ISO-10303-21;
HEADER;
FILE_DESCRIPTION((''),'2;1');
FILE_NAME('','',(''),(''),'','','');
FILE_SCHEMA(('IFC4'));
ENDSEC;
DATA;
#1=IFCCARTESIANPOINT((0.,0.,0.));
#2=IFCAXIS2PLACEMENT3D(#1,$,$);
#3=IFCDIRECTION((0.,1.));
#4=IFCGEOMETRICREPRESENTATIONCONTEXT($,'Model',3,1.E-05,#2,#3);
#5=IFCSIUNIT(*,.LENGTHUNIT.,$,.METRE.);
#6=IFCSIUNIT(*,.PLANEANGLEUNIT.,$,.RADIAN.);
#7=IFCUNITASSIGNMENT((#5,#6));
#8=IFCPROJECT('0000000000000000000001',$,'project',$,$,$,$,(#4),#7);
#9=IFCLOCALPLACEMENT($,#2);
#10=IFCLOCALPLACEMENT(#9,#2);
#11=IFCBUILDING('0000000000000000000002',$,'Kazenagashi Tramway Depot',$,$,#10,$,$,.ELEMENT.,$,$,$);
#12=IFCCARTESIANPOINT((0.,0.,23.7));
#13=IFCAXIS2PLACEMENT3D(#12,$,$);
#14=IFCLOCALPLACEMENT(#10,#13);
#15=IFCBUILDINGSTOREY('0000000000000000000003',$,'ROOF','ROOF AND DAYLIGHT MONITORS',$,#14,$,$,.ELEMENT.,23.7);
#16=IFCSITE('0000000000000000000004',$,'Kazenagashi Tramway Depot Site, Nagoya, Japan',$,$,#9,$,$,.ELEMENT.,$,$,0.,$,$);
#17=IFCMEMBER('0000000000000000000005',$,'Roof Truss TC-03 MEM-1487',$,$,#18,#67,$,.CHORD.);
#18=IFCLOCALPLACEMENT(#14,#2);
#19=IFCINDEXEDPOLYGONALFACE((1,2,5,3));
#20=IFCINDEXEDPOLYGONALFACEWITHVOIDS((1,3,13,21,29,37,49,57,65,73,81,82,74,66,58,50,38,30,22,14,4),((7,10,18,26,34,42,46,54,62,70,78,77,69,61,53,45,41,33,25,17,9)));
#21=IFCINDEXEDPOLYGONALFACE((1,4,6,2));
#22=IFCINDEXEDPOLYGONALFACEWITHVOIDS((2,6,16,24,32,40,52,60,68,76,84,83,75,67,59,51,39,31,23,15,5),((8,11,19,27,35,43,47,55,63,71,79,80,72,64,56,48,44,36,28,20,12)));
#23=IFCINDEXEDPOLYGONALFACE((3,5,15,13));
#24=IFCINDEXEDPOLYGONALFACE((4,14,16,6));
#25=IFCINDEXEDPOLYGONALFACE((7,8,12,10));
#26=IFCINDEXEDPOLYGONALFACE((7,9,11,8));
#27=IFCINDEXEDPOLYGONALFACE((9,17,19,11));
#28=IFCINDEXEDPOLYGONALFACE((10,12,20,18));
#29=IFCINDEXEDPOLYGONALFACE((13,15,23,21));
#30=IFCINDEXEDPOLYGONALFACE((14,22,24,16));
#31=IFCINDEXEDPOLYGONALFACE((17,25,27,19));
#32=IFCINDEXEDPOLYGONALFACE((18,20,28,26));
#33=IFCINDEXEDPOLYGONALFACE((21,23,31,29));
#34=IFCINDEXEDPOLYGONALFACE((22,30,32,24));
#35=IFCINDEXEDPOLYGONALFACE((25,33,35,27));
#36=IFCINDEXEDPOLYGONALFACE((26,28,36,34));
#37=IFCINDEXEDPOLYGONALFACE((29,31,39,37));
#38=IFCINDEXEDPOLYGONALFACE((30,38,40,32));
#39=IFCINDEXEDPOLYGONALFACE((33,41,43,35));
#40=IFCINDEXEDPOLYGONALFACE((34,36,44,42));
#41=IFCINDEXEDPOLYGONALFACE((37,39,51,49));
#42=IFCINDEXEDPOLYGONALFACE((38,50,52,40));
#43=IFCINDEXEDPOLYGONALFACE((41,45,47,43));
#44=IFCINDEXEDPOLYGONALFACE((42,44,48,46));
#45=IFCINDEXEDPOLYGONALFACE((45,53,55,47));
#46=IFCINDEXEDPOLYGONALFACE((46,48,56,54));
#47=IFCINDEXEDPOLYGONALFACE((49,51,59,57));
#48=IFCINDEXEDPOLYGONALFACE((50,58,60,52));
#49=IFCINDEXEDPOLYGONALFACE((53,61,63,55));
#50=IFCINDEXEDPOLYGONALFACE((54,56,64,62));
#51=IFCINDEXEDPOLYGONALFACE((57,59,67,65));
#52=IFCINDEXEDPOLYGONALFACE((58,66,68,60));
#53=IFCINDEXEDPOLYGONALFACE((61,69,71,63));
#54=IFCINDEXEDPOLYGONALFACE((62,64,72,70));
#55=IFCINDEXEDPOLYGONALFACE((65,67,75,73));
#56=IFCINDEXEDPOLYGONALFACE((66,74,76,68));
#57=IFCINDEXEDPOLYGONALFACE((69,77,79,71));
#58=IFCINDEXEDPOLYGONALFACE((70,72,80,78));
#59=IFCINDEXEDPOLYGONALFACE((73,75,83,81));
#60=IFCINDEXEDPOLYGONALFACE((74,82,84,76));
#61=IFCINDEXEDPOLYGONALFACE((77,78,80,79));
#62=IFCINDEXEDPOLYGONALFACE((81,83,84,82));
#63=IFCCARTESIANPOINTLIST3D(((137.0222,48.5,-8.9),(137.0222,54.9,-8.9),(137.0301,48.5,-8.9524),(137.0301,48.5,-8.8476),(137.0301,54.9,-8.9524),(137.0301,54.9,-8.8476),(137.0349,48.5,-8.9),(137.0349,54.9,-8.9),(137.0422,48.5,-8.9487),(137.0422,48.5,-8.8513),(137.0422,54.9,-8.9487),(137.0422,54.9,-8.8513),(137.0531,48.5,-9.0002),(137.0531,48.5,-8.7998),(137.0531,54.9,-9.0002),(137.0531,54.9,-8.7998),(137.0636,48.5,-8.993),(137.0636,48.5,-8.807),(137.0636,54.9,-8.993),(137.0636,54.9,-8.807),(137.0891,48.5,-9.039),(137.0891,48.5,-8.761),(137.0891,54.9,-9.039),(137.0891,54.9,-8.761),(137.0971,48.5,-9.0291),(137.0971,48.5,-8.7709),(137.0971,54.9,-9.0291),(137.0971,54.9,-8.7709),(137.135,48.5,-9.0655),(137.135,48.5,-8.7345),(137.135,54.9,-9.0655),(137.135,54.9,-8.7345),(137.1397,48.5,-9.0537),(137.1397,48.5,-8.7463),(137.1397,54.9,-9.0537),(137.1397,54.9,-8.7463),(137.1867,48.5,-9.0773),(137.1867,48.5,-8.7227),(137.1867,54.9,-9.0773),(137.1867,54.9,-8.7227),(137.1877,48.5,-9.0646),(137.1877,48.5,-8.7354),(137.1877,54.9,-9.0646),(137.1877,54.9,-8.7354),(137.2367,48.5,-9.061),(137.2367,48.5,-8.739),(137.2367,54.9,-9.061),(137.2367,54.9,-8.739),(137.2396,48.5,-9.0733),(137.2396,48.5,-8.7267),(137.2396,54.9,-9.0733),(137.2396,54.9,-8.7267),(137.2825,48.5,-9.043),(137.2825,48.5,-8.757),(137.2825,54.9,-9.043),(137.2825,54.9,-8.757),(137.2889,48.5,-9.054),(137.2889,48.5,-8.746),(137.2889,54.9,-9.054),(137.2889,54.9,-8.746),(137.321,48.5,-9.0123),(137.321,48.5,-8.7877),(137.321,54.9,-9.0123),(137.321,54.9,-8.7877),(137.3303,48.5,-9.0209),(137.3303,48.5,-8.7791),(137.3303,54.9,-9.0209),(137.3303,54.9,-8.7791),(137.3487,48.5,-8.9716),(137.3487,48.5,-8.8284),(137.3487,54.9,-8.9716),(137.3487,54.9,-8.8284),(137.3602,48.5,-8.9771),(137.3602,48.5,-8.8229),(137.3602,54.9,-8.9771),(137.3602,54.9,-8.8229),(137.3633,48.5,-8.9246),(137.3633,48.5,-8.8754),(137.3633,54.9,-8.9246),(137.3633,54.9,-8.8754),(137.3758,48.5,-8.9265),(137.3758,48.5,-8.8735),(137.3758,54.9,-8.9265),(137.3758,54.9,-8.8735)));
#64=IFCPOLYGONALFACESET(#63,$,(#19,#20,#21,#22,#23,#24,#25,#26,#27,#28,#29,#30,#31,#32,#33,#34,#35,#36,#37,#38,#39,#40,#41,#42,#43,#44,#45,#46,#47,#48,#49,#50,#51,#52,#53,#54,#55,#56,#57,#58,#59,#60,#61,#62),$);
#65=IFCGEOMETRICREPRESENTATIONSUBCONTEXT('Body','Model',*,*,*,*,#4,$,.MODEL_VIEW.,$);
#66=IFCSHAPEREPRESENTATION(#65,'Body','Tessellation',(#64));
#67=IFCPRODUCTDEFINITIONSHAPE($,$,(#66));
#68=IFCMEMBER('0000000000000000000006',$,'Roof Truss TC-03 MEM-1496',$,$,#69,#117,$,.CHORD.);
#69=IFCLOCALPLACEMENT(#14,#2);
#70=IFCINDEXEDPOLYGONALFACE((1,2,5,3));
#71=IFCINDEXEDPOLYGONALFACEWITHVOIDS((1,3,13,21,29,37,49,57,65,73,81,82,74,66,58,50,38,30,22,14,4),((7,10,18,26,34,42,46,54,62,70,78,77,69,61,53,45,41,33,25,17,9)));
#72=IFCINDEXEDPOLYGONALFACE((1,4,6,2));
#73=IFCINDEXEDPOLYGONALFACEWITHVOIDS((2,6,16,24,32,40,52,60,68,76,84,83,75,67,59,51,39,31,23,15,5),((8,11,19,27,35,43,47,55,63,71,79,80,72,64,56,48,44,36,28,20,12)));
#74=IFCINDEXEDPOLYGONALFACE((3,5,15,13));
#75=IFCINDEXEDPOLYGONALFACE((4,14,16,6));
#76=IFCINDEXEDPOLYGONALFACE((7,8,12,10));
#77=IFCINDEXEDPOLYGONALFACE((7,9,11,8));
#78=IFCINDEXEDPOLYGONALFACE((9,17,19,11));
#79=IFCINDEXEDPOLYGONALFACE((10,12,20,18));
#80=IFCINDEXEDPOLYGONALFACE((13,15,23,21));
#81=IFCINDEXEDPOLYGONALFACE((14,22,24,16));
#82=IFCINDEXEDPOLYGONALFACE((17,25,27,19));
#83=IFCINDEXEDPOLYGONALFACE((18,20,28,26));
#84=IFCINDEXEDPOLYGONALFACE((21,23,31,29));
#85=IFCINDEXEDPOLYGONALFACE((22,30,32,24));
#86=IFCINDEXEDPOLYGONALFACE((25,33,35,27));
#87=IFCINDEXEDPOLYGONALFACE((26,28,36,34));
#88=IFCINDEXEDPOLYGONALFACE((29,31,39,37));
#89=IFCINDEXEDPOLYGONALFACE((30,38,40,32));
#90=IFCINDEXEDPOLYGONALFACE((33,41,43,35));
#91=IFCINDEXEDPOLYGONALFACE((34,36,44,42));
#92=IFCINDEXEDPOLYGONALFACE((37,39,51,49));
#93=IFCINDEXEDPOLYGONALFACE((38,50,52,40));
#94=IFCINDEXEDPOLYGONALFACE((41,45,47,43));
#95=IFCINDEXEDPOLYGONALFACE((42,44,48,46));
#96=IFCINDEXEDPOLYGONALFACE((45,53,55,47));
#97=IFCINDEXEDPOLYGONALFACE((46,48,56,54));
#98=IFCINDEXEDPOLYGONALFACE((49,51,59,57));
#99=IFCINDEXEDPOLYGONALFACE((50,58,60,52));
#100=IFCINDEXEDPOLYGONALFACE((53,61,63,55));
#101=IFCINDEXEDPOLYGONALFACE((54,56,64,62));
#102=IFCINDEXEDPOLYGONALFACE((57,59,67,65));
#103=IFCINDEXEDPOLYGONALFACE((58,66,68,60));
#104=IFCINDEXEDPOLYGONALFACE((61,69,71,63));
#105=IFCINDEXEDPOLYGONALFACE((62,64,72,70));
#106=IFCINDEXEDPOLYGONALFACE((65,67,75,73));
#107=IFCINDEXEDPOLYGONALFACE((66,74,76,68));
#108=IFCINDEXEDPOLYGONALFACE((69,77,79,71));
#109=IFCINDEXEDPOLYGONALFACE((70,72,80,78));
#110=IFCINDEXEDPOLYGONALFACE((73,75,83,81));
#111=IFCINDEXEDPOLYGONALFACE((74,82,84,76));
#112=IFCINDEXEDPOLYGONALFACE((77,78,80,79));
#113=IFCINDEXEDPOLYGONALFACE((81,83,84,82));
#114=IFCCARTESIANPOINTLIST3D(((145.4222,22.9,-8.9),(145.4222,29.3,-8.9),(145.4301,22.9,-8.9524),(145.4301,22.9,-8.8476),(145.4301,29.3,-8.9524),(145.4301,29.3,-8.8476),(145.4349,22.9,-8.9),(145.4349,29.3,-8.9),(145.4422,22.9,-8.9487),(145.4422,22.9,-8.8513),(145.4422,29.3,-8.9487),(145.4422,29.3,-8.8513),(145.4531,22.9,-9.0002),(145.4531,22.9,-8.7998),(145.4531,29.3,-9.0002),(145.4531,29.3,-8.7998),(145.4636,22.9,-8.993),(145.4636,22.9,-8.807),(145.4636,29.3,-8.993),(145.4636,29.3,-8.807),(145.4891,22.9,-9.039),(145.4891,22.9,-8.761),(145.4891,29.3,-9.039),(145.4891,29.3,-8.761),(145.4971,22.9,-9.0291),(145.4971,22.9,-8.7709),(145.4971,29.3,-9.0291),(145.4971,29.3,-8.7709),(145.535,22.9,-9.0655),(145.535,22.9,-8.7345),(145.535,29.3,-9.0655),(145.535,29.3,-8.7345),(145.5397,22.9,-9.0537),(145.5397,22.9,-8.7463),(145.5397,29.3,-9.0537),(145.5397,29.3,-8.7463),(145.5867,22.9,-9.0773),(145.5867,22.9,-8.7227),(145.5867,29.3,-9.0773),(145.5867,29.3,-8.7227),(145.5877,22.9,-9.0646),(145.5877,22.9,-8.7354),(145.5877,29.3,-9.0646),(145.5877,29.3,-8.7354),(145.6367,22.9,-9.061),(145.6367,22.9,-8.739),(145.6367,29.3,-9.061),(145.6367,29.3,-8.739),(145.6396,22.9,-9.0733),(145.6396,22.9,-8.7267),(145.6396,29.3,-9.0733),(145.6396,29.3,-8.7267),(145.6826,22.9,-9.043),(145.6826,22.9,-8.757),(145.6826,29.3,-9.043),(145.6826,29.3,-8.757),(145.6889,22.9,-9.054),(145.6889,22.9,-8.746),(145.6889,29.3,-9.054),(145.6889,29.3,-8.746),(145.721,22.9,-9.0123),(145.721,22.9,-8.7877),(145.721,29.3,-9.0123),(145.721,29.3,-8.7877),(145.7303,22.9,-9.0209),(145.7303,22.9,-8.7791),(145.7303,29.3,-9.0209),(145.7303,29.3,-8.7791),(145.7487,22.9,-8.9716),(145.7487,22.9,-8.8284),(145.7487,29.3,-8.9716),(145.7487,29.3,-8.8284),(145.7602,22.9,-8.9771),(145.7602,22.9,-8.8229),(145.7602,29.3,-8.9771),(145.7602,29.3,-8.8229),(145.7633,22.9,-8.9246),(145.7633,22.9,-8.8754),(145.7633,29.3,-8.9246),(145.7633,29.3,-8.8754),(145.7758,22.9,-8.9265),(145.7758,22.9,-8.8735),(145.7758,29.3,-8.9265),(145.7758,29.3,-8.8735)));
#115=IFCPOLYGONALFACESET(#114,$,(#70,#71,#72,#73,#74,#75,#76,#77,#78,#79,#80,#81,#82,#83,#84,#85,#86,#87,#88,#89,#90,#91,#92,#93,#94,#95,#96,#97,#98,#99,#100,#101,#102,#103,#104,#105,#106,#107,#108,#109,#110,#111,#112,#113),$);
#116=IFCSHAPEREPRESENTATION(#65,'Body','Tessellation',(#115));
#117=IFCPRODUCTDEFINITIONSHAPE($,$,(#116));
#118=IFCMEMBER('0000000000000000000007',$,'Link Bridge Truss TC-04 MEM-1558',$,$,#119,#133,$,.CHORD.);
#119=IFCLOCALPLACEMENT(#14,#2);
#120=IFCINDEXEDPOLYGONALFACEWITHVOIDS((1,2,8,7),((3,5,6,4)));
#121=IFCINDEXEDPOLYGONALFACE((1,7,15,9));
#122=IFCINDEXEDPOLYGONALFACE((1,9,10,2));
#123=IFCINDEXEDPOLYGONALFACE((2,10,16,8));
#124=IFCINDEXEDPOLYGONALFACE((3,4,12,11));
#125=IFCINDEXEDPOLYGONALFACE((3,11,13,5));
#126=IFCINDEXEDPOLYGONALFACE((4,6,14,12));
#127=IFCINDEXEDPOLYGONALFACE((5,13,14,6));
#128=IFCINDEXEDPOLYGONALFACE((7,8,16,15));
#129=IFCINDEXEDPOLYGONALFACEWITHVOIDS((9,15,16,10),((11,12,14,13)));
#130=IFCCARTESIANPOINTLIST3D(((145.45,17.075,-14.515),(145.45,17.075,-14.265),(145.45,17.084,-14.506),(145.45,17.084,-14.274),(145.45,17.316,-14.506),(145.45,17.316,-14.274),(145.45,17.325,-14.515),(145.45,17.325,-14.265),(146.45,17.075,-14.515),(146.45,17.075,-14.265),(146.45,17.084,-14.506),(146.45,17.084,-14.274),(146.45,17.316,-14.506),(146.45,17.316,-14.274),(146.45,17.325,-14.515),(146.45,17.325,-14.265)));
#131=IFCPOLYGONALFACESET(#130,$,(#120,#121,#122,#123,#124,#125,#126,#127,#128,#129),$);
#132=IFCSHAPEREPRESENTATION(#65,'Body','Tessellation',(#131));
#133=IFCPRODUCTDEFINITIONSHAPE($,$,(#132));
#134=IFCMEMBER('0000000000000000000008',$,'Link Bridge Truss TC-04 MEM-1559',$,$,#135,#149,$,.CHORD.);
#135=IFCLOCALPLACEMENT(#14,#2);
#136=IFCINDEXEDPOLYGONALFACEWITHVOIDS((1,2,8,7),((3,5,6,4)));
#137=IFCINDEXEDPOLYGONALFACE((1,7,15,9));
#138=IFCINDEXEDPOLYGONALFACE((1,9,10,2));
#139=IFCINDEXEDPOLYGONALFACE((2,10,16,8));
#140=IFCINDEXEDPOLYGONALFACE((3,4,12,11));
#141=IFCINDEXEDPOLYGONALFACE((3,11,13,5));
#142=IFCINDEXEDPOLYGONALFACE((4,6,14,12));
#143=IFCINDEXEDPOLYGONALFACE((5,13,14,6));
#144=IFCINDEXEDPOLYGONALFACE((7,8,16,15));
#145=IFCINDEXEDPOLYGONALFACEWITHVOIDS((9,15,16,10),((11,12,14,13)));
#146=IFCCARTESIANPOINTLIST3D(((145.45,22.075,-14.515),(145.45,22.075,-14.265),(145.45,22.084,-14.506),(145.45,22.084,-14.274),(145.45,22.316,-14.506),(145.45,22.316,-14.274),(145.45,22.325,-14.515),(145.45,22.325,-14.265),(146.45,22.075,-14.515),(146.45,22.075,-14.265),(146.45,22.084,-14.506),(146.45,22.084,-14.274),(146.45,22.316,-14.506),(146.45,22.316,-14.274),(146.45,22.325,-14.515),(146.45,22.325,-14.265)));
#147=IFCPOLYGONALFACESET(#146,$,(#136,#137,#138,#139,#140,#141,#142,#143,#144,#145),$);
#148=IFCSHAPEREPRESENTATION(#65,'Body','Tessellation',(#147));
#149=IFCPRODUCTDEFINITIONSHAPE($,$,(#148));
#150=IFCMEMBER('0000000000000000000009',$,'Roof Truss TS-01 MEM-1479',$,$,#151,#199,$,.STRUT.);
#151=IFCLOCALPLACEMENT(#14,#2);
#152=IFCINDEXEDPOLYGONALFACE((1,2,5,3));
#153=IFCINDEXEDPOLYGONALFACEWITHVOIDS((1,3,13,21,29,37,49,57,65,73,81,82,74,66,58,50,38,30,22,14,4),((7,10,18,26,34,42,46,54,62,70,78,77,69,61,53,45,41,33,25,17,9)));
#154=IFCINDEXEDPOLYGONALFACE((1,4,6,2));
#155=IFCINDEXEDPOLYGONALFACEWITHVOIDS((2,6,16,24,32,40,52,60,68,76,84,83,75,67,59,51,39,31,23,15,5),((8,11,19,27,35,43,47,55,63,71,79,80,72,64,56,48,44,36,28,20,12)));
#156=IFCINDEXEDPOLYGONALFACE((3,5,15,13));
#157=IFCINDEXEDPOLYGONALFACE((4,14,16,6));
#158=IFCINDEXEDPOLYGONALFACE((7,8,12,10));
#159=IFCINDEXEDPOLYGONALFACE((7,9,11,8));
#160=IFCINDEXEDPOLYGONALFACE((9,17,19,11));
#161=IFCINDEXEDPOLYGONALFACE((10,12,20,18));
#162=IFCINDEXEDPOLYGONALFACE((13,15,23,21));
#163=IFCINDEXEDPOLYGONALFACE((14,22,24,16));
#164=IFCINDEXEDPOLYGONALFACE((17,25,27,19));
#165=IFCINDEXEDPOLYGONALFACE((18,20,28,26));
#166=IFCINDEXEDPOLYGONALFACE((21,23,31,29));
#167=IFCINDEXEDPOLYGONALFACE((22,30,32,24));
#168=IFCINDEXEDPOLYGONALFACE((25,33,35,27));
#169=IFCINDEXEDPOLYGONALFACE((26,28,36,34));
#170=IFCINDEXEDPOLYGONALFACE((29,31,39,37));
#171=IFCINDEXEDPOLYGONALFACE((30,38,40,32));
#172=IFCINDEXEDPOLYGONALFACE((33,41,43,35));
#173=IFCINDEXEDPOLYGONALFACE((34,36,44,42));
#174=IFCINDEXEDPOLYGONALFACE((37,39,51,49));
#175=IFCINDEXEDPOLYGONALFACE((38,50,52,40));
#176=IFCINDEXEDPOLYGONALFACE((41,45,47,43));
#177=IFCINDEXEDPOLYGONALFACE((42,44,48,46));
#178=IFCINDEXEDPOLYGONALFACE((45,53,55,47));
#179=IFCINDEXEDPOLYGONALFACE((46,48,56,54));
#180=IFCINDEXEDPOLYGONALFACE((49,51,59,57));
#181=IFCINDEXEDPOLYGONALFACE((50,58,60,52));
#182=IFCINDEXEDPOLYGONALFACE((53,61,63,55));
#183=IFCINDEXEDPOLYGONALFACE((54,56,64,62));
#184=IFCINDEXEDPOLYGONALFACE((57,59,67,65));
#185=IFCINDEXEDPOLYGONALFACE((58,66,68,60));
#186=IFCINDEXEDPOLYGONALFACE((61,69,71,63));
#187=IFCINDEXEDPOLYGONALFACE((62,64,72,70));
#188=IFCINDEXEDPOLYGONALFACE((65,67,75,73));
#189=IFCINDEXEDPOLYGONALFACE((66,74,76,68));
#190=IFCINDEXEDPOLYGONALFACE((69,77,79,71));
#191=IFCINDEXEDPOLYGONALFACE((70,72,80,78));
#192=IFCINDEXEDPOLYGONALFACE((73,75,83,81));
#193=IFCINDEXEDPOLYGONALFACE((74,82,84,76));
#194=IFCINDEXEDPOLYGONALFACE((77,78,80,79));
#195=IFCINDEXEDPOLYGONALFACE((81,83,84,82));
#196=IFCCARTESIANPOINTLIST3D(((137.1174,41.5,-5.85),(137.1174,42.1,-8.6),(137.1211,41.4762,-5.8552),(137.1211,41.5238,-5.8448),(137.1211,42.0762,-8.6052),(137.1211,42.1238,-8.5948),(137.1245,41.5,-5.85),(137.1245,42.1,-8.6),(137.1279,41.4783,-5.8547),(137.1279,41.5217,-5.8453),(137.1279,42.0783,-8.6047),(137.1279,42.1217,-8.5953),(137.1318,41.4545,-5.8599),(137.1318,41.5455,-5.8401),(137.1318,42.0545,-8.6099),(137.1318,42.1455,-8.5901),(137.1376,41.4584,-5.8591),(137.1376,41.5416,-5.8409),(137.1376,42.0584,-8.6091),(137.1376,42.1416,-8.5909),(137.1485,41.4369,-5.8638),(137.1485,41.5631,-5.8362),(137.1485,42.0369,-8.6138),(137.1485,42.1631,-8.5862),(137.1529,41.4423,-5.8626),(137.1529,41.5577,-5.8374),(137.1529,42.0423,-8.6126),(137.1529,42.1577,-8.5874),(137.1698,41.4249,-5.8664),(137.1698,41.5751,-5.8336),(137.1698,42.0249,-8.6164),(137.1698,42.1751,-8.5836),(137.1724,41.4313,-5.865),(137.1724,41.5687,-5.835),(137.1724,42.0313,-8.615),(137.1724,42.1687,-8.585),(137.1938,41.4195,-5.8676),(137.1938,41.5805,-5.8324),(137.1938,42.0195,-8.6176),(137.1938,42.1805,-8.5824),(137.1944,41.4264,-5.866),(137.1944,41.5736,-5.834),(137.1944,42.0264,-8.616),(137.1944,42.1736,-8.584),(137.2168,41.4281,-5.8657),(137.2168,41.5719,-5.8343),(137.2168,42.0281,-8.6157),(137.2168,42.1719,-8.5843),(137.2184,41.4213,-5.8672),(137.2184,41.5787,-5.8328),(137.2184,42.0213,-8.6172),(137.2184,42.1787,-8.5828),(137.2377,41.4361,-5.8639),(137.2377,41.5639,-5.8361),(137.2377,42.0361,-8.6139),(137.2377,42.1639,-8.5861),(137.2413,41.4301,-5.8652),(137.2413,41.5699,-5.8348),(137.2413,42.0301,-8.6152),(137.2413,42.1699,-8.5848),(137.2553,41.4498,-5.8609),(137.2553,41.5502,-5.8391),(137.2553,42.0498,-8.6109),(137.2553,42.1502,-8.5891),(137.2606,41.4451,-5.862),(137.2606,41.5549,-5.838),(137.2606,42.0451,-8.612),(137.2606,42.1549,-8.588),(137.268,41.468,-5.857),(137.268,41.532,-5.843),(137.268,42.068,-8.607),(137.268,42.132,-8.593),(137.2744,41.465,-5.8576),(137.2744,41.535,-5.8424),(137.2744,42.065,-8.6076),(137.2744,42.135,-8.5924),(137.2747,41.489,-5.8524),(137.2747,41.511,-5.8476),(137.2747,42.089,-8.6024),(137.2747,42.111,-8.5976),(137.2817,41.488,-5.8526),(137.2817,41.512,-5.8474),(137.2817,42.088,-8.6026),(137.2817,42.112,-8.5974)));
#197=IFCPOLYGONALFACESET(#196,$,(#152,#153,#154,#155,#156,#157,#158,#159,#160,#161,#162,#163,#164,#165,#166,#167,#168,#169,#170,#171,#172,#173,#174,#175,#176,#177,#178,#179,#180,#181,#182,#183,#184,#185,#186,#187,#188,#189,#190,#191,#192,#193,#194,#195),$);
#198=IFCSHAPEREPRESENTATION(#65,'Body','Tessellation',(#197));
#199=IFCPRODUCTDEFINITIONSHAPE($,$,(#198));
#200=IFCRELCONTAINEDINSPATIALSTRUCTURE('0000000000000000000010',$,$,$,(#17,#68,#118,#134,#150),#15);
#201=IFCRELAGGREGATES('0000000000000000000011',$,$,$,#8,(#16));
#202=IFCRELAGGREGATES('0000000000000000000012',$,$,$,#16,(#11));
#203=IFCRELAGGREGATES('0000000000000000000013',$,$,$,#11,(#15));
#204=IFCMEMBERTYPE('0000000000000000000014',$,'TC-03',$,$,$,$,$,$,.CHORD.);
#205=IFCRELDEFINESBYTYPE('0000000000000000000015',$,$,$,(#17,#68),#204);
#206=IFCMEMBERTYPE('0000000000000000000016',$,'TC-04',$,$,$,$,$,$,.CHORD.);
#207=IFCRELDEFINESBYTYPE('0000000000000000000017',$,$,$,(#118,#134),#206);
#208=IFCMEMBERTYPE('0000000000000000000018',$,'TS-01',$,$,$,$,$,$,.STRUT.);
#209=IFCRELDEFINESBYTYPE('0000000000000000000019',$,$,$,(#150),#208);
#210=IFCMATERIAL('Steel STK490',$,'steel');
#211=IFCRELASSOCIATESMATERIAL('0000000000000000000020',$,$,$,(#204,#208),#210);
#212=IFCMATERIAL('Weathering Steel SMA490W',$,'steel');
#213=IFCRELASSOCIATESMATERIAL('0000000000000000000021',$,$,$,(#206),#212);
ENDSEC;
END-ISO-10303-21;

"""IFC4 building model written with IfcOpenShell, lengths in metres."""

from ifc_helpers import new_model, si_unit, direction, frame, origin, origin_2d, place, context, subcontext, project, spatial, hollow_rectangle, hollow_circle, extrude, material, material_profile, profile_set, type_object, element, save


model = new_model("IFC4")

# Units and contexts
model_context = context("Model", 3, precision=1e-05, world=origin(), true_north=direction((0.0, 1.0)))
body_context = subcontext(model_context, "Body", "Model", "MODEL_VIEW")
ifc_project = project(units=[si_unit("LENGTHUNIT", "METRE"), si_unit("PLANEANGLEUNIT", "RADIAN")], contexts=[model_context])

# Site, building, storey
site_placement = place(None, origin())
site = spatial("IfcSite", under=ifc_project, at=site_placement, Name="Kazenagashi Tramway Depot Site, Nagoya, Japan", CompositionType="ELEMENT", RefElevation=0.0)
building_placement = place(site_placement, origin())
building = spatial("IfcBuilding", under=site, at=building_placement, Name="Kazenagashi Tramway Depot", CompositionType="ELEMENT")
storey_placement = place(building_placement, frame((0.0, 0.0, 23.7)))
storey = spatial("IfcBuildingStorey", under=building, at=storey_placement, Name="ROOF", Description="ROOF AND DAYLIGHT MONITORS", CompositionType="ELEMENT", Elevation=23.7)

# Members
ifc_material_1 = material(Name="Steel STK490", Category="steel")
ifc_material_profile_1 = material_profile(ifc_material_1, hollow_circle(Radius=0.1778, WallThickness=0.0127, at=origin_2d()), Name="CHS-355.6x12.7")
ifc_profile_set_1 = profile_set([ifc_material_profile_1], Name="Steel STK490")
member_type_1 = type_object("IfcMemberType", Name="TC-03", PredefinedType="CHORD", material=ifc_profile_set_1)
for number, where, z_axis, x_axis, name in (
    (1, (137.2, 48.5, -8.9), (0.0, 1.0, 0.0), (-1.0, 0.0, 0.0), "Roof Truss TC-03 MEM-1487"),
    (2, (145.6, 22.9, -8.9), (0.0, 1.0, 0.0), (-1.0, 0.0, 0.0), "Roof Truss TC-03 MEM-1496"),
):
    element("IfcMember", number, at=place(storey_placement, frame(where, z_axis=z_axis, x_axis=x_axis)), inside=storey, type_object=member_type_1, Name=name, PredefinedType="CHORD", context=body_context, shape_type="SweptSolid", body=[
        extrude(hollow_circle(Radius=0.1778, WallThickness=0.0127, at=origin_2d()), origin(), (0.0, 0.0, 1.0), 6.4),
    ])
ifc_material_2 = material(Name="Weathering Steel SMA490W", Category="steel")
ifc_material_profile_2 = material_profile(ifc_material_2, hollow_rectangle(XDim=0.25, YDim=0.25, WallThickness=0.009, at=origin_2d()), Name="SHS-250x250x9")
ifc_profile_set_2 = profile_set([ifc_material_profile_2], Name="Weathering Steel SMA490W")
member_type_2 = type_object("IfcMemberType", Name="TC-04", PredefinedType="CHORD", material=ifc_profile_set_2)
for number, where, z_axis, x_axis, name in (
    (3, (145.45, 17.2, -14.39), (1.0, 0.0, 0.0), (0.0, 1.0, 0.0), "Link Bridge Truss TC-04 MEM-1558"),
    (4, (145.45, 22.2, -14.39), (1.0, 0.0, 0.0), (0.0, 1.0, 0.0), "Link Bridge Truss TC-04 MEM-1559"),
):
    element("IfcMember", number, at=place(storey_placement, frame(where, z_axis=z_axis, x_axis=x_axis)), inside=storey, type_object=member_type_2, Name=name, PredefinedType="CHORD", context=body_context, shape_type="SweptSolid", body=[
        extrude(hollow_rectangle(XDim=0.25, YDim=0.25, WallThickness=0.009, at=origin_2d()), origin(), (0.0, 0.0, 1.0), 1.0),
    ])
ifc_material_profile_3 = material_profile(ifc_material_1, hollow_circle(Radius=0.0826, WallThickness=0.0071, at=origin_2d()), Name="CHS-165.2x7.1")
ifc_profile_set_3 = profile_set([ifc_material_profile_3], Name="Steel STK490")
member_type_3 = type_object("IfcMemberType", Name="TS-01", PredefinedType="STRUT", material=ifc_profile_set_3)
for number, where, z_axis, x_axis, name in (
    (5, (137.2, 41.5, -5.85), (0.0, 0.213167, -0.977016), (-1.0, 0.0, 0.0), "Roof Truss TS-01 MEM-1479"),
):
    element("IfcMember", number, at=place(storey_placement, frame(where, z_axis=z_axis, x_axis=x_axis)), inside=storey, type_object=member_type_3, Name=name, PredefinedType="STRUT", context=body_context, shape_type="SweptSolid", body=[
        extrude(hollow_circle(Radius=0.0826, WallThickness=0.0071, at=origin_2d()), origin(), (0.0, 0.0, 1.0), 2.8147),
    ])

save(model, "model.ifc")
